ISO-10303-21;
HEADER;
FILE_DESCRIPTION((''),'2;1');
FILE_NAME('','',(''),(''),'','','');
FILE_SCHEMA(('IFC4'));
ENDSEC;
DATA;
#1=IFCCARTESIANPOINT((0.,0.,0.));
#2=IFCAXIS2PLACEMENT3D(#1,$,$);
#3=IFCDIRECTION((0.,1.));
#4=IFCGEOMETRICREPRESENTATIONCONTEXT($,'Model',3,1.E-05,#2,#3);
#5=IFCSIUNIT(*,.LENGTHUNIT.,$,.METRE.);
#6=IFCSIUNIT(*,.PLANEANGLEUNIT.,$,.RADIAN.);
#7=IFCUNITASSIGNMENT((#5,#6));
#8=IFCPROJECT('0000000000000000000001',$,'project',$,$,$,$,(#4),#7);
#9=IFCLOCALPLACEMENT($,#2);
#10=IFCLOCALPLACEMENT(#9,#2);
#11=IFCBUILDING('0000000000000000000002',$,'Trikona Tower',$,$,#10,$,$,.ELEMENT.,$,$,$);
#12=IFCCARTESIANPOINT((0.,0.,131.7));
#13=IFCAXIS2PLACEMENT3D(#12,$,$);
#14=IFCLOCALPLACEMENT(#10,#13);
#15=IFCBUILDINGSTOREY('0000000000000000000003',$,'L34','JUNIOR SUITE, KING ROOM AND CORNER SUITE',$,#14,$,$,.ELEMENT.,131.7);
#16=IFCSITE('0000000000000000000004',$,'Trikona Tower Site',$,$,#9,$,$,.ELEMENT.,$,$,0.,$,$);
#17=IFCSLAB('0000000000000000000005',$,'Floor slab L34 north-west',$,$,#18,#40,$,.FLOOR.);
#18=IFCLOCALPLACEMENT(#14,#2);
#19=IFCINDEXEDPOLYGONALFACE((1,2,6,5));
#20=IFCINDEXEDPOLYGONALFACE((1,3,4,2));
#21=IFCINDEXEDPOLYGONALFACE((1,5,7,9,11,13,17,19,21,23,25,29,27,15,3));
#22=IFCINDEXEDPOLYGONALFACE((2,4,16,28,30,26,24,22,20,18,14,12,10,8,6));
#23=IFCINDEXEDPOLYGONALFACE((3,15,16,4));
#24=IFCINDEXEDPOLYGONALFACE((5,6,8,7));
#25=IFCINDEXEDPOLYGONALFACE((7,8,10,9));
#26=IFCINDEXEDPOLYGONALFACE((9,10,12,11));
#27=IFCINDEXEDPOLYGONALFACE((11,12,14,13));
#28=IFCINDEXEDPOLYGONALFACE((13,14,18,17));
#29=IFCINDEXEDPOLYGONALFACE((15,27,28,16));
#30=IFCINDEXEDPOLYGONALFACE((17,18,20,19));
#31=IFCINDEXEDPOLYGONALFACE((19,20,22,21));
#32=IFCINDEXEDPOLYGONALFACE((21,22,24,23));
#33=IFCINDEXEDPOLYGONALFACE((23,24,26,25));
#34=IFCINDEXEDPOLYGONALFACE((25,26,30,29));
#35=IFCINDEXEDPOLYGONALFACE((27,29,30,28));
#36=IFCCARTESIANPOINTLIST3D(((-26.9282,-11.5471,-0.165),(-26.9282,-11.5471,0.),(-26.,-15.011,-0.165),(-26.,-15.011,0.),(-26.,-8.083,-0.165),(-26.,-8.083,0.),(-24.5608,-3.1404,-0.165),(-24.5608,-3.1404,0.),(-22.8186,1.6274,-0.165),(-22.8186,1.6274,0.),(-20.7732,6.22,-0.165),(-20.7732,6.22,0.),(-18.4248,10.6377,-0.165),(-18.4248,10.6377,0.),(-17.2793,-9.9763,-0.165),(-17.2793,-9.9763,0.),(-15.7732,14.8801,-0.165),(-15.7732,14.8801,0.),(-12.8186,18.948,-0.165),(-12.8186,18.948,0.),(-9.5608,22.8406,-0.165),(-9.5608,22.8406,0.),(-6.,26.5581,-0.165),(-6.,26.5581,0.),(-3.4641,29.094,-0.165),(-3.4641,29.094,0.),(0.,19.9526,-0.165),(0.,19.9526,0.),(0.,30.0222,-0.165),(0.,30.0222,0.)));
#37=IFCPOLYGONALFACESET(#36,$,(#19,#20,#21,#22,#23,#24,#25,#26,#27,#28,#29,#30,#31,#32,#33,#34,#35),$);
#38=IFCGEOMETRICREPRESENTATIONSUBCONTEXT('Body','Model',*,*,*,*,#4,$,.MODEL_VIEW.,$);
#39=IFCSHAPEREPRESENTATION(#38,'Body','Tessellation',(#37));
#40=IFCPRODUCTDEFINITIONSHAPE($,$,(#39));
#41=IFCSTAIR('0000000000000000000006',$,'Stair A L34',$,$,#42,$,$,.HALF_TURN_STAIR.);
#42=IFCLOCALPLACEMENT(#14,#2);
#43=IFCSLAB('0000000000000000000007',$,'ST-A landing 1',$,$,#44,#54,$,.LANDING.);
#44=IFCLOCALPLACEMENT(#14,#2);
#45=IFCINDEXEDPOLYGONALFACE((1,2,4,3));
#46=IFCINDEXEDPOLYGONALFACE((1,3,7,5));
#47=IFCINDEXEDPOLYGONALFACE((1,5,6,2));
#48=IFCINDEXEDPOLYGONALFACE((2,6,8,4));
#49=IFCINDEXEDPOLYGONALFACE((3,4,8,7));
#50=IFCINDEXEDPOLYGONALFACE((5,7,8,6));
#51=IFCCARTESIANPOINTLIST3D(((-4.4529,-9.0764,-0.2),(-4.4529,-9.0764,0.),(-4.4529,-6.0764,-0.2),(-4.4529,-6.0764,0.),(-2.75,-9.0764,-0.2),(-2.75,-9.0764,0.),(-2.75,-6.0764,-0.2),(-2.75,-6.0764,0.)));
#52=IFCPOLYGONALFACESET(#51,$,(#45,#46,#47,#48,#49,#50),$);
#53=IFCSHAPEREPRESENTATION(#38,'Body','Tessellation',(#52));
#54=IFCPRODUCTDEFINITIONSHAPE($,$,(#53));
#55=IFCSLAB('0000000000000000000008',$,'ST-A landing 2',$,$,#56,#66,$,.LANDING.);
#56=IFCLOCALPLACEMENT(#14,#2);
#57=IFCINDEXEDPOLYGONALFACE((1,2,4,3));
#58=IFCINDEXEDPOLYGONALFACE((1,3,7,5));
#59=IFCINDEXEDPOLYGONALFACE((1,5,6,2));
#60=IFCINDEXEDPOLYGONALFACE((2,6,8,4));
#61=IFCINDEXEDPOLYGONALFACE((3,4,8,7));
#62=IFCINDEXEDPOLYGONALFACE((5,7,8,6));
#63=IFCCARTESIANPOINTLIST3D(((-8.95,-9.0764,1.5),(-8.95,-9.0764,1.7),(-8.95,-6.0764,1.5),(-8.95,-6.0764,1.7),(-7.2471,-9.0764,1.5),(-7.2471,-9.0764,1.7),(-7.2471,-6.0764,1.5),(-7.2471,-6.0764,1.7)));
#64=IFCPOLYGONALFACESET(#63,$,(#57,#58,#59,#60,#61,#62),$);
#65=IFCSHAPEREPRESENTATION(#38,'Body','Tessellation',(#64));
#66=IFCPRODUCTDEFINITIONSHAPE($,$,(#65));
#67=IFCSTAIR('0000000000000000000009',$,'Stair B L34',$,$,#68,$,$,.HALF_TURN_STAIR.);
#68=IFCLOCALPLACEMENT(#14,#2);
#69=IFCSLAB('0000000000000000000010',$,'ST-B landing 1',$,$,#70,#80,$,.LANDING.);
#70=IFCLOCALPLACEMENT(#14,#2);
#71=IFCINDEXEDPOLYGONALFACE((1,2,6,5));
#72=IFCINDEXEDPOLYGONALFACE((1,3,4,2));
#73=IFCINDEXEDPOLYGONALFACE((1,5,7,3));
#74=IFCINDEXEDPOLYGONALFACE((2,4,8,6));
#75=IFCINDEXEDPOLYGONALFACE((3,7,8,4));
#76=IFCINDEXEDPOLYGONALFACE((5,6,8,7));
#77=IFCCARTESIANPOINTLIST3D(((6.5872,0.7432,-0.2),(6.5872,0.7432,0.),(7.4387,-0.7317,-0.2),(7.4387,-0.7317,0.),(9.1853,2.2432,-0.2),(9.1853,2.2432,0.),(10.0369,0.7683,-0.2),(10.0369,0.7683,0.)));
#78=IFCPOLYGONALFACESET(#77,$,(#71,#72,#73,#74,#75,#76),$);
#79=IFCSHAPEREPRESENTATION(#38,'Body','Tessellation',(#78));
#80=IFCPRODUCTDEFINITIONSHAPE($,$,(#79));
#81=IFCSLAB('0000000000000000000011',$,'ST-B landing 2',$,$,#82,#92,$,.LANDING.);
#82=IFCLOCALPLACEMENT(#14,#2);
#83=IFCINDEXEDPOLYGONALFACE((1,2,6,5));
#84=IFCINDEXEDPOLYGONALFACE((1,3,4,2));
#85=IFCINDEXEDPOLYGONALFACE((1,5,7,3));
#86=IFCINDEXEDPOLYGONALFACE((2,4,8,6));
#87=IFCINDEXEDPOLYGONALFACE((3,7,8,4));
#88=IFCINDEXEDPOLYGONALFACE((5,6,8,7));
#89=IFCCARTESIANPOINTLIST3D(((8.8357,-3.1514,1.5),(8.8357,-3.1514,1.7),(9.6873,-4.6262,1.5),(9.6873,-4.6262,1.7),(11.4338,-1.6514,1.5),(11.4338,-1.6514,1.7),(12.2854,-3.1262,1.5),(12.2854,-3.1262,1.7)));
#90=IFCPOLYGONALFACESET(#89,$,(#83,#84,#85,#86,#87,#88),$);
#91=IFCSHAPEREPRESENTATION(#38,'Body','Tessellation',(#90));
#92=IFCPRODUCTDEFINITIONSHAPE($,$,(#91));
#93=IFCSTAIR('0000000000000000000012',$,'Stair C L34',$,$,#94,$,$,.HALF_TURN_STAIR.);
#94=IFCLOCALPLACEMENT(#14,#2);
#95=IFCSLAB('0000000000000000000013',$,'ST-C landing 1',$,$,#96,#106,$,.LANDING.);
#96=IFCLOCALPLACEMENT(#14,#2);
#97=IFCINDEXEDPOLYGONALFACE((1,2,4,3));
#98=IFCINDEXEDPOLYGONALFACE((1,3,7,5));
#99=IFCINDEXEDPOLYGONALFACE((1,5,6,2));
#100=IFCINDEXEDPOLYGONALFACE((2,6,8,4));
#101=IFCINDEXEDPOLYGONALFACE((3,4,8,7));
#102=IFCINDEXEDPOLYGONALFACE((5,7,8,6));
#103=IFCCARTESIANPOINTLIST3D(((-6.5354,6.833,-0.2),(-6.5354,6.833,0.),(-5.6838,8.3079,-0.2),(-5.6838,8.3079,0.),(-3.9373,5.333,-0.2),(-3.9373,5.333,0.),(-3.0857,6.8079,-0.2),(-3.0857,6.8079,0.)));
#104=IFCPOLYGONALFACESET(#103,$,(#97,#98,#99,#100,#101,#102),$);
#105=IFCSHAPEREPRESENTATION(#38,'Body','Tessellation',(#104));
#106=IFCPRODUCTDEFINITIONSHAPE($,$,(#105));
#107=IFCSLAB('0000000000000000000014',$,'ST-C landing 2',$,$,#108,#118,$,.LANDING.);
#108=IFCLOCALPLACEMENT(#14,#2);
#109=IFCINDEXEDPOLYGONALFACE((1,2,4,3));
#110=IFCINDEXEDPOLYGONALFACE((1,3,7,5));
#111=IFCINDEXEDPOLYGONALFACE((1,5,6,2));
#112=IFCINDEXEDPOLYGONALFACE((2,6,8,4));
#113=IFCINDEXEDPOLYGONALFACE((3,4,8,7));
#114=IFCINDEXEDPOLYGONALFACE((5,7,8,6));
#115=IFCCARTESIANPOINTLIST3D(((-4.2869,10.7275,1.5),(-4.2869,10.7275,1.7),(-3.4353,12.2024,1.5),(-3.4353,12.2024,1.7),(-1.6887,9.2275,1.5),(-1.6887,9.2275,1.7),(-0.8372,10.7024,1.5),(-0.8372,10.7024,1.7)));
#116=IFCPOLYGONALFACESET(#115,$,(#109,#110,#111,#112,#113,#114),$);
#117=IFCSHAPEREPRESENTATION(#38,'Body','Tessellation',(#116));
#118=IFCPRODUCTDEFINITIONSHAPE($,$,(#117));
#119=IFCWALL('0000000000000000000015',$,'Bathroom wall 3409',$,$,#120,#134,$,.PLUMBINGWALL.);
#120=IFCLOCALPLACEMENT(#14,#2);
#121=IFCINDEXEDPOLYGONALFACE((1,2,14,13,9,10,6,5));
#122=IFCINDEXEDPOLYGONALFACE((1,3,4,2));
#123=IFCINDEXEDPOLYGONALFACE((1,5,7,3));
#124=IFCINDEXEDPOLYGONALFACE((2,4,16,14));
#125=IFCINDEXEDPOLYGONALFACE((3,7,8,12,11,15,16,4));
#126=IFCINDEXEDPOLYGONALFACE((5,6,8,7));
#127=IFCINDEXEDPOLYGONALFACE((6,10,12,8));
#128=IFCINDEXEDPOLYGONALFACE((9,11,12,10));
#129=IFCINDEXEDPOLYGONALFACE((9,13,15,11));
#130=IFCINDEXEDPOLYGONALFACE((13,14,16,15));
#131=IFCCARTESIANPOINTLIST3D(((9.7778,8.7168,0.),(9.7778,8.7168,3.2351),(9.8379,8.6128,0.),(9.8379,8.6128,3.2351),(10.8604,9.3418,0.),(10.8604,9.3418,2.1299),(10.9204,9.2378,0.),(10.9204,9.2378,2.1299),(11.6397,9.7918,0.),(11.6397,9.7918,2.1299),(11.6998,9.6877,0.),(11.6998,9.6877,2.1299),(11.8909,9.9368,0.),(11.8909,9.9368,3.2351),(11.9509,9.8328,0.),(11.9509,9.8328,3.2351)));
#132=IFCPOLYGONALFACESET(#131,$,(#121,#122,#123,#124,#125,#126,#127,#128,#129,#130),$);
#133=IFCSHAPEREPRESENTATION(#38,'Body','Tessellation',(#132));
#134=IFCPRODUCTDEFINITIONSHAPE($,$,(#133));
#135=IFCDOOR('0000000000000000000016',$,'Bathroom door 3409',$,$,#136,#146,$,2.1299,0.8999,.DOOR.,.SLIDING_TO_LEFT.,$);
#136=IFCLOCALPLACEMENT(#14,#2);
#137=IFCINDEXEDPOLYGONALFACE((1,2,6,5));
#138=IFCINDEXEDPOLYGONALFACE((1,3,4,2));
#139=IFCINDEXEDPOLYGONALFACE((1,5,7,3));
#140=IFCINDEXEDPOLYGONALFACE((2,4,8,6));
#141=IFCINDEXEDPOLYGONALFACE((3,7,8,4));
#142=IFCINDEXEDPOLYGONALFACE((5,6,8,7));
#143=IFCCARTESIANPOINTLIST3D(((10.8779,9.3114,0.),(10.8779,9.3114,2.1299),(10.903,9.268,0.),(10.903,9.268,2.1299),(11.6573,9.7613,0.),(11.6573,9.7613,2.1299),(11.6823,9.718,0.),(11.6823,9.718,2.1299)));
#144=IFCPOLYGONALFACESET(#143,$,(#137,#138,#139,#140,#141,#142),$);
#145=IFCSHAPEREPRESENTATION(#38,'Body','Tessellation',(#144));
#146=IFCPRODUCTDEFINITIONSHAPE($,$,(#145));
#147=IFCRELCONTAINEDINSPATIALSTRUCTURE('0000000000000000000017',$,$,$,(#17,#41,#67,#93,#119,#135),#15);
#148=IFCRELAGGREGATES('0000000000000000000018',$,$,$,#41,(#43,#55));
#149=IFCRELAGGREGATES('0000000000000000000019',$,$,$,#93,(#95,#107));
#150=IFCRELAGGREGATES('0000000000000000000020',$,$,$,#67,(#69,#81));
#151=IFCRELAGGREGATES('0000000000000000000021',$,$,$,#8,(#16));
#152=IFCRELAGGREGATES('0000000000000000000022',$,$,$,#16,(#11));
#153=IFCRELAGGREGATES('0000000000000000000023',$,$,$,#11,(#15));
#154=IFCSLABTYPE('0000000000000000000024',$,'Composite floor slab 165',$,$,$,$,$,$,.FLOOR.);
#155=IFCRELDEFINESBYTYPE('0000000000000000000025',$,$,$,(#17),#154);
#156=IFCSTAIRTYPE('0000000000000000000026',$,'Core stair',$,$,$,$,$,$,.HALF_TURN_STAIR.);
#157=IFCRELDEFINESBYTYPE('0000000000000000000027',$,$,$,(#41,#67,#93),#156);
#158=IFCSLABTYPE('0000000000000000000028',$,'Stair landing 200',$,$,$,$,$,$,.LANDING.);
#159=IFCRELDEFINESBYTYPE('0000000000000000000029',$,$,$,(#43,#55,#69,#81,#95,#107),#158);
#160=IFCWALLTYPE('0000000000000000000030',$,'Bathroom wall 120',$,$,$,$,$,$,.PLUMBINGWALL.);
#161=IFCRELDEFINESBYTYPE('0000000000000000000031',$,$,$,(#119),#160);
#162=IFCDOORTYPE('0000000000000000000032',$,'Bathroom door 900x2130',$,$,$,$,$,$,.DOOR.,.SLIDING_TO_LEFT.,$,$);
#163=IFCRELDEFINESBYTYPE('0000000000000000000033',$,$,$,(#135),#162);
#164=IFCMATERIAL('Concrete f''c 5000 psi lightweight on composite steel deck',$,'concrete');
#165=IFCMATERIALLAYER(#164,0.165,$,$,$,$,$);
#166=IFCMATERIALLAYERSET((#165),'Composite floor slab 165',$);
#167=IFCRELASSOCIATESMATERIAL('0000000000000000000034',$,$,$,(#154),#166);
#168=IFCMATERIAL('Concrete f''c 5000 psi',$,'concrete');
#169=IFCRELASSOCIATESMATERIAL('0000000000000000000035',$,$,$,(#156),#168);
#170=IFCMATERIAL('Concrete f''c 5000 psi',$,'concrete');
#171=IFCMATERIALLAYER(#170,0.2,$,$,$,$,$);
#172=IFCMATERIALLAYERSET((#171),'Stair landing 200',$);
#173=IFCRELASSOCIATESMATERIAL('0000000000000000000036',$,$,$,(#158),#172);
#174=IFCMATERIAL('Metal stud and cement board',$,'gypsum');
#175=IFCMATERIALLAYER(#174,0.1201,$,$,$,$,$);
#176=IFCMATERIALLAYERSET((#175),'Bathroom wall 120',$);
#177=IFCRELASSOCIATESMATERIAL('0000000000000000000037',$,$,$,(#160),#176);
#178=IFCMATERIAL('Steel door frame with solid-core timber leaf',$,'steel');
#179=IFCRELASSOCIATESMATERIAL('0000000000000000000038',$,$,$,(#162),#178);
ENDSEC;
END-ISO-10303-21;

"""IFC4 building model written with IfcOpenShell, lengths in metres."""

from ifc_helpers import new_model, si_unit, direction, frame, frame_2d, origin, place, context, subcontext, project, spatial, polyline, rectangle, outline, extrude, material, layer, layer_set, type_object, element, fill, aggregate, save


model = new_model("IFC4")

# Units and contexts
model_context = context("Model", 3, precision=1e-05, world=origin(), true_north=direction((0.0, 1.0)))
body_context = subcontext(model_context, "Body", "Model", "MODEL_VIEW")
ifc_project = project(units=[si_unit("LENGTHUNIT", "METRE"), si_unit("PLANEANGLEUNIT", "RADIAN")], contexts=[model_context])

# Site, building, storey
site_placement = place(None, origin())
site = spatial("IfcSite", under=ifc_project, at=site_placement, Name="Trikona Tower Site", CompositionType="ELEMENT", RefElevation=0.0)
building_placement = place(site_placement, origin())
building = spatial("IfcBuilding", under=site, at=building_placement, Name="Trikona Tower", CompositionType="ELEMENT")
storey_placement = place(building_placement, frame((0.0, 0.0, 131.7)))
storey = spatial("IfcBuildingStorey", under=building, at=storey_placement, Name="L34", Description="JUNIOR SUITE, KING ROOM AND CORNER SUITE", CompositionType="ELEMENT", Elevation=131.7)

# Slab
ifc_material_1 = material(Name="Concrete f'c 5000 psi lightweight on composite steel deck", Category="concrete")
ifc_layer_1 = layer(ifc_material_1, 0.165)
ifc_layer_set_1 = layer_set([ifc_layer_1], Name="Composite floor slab 165")
slab_type_1 = type_object("IfcSlabType", Name="Composite floor slab 165", PredefinedType="FLOOR", material=ifc_layer_set_1)
slab_1_placement = place(storey_placement, frame((0.0, 0.0, -0.165)))
element("IfcSlab", 1, at=slab_1_placement, inside=storey, type_object=slab_type_1, Name="Floor slab L34 north-west", PredefinedType="FLOOR", context=body_context, shape_type="SweptSolid", body=[
    extrude(outline(polyline([(0.0, 19.9526), (0.0, 30.0222), (-3.4641, 29.094), (-6.0, 26.5581), (-9.5608, 22.8406), (-12.8186, 18.948), (-15.7732, 14.8801), (-18.4248, 10.6377), (-20.7732, 6.22), (-22.8186, 1.6274), (-24.5608, -3.1404), (-26.0, -8.083), (-26.9282, -11.5471), (-26.0, -15.011), (-17.2793, -9.9763), (0.0, 19.9526)])), origin(), (0.0, 0.0, 1.0), 0.165),
])

# Stairs, slabs
ifc_material_2 = material(Name="Concrete f'c 5000 psi", Category="concrete")
stair_type = type_object("IfcStairType", Name="Core stair", PredefinedType="HALF_TURN_STAIR", material=ifc_material_2)
stair_1_placement = place(storey_placement, origin())
stair_1 = element("IfcStair", 2, at=stair_1_placement, inside=storey, type_object=stair_type, Name="Stair A L34", PredefinedType="HALF_TURN_STAIR")
ifc_material_3 = material(Name="Concrete f'c 5000 psi", Category="concrete")
ifc_layer_2 = layer(ifc_material_3, 0.2)
ifc_layer_set_2 = layer_set([ifc_layer_2], Name="Stair landing 200")
slab_type_2 = type_object("IfcSlabType", Name="Stair landing 200", PredefinedType="LANDING", material=ifc_layer_set_2)
slab_2_placement = place(storey_placement, frame((0.0, 0.0, -0.2)))
slab_2 = element("IfcSlab", 3, at=slab_2_placement, type_object=slab_type_2, Name="ST-A landing 1", PredefinedType="LANDING", context=body_context, shape_type="SweptSolid", body=[
    extrude(outline(polyline([(-4.4529, -6.0764), (-2.75, -6.0764), (-2.75, -9.0764), (-4.4529, -9.0764), (-4.4529, -6.0764)])), origin(), (0.0, 0.0, 1.0), 0.2),
])
slab_3_placement = place(storey_placement, frame((0.0, 0.0, 1.5)))
slab_3 = element("IfcSlab", 4, at=slab_3_placement, type_object=slab_type_2, Name="ST-A landing 2", PredefinedType="LANDING", context=body_context, shape_type="SweptSolid", body=[
    extrude(outline(polyline([(-8.95, -6.0764), (-7.2471, -6.0764), (-7.2471, -9.0764), (-8.95, -9.0764), (-8.95, -6.0764)])), origin(), (0.0, 0.0, 1.0), 0.2),
])
aggregate(stair_1, [slab_2, slab_3])
stair_2_placement = place(storey_placement, origin())
stair_2 = element("IfcStair", 5, at=stair_2_placement, inside=storey, type_object=stair_type, Name="Stair B L34", PredefinedType="HALF_TURN_STAIR")
slab_4_placement = place(storey_placement, frame((0.0, 0.0, -0.2)))
slab_4 = element("IfcSlab", 6, at=slab_4_placement, type_object=slab_type_2, Name="ST-B landing 1", PredefinedType="LANDING", context=body_context, shape_type="SweptSolid", body=[
    extrude(outline(polyline([(7.4387, -0.7317), (6.5872, 0.7432), (9.1853, 2.2432), (10.0369, 0.7683), (7.4387, -0.7317)])), origin(), (0.0, 0.0, 1.0), 0.2),
])
slab_5_placement = place(storey_placement, frame((0.0, 0.0, 1.5)))
slab_5 = element("IfcSlab", 7, at=slab_5_placement, type_object=slab_type_2, Name="ST-B landing 2", PredefinedType="LANDING", context=body_context, shape_type="SweptSolid", body=[
    extrude(outline(polyline([(9.6873, -4.6262), (8.8357, -3.1514), (11.4338, -1.6514), (12.2854, -3.1262), (9.6873, -4.6262)])), origin(), (0.0, 0.0, 1.0), 0.2),
])
stair_3_placement = place(storey_placement, origin())
stair_3 = element("IfcStair", 8, at=stair_3_placement, inside=storey, type_object=stair_type, Name="Stair C L34", PredefinedType="HALF_TURN_STAIR")
slab_6_placement = place(storey_placement, frame((0.0, 0.0, -0.2)))
slab_6 = element("IfcSlab", 9, at=slab_6_placement, type_object=slab_type_2, Name="ST-C landing 1", PredefinedType="LANDING", context=body_context, shape_type="SweptSolid", body=[
    extrude(outline(polyline([(-3.0857, 6.8079), (-3.9373, 5.333), (-6.5354, 6.833), (-5.6838, 8.3079), (-3.0857, 6.8079)])), origin(), (0.0, 0.0, 1.0), 0.2),
])
slab_7_placement = place(storey_placement, frame((0.0, 0.0, 1.5)))
slab_7 = element("IfcSlab", 10, at=slab_7_placement, type_object=slab_type_2, Name="ST-C landing 2", PredefinedType="LANDING", context=body_context, shape_type="SweptSolid", body=[
    extrude(outline(polyline([(-0.8372, 10.7024), (-1.6887, 9.2275), (-4.2869, 10.7275), (-3.4353, 12.2024), (-0.8372, 10.7024)])), origin(), (0.0, 0.0, 1.0), 0.2),
])
aggregate(stair_3, [slab_6, slab_7])

# Wall, opening, door
ifc_material_4 = material(Name="Metal stud and cement board", Category="gypsum")
ifc_layer_3 = layer(ifc_material_4, 0.1201)
ifc_layer_set_3 = layer_set([ifc_layer_3], Name="Bathroom wall 120")
wall_type_1 = type_object("IfcWallType", Name="Bathroom wall 120", PredefinedType="PLUMBINGWALL", material=ifc_layer_set_3)
wall_1_placement = place(storey_placement, frame((9.8079, 8.6648, 0.0), z_axis=(0.0, 0.0, 1.0), x_axis=(0.866024, 0.500003, 0.0)))
wall_1 = element("IfcWall", 11, at=wall_1_placement, inside=storey, type_object=wall_type_1, Name="Bathroom wall 3409", PredefinedType="PLUMBINGWALL", context=body_context, shape_type="SweptSolid", body=[
    extrude(rectangle(XDim=2.4399, YDim=0.1201, at=frame_2d((1.22, 0.0))), origin(), (0.0, 0.0, 1.0), 3.2351),
])
opening_1_placement = place(wall_1_placement, frame((1.25, 0.0, 0.0)))
opening_1 = element("IfcOpeningElement", 12, at=opening_1_placement, cuts=wall_1, PredefinedType="OPENING", context=body_context, shape_type="SweptSolid", body=[
    extrude(rectangle(XDim=0.8999, YDim=2.1299, at=frame_2d((0.45, 1.0649))), frame((0.0, 0.0701, 0.0), z_axis=(0.0, -1.0, 0.0), x_axis=(1.0, 0.0, 0.0)), (0.0, 0.0, 1.0), 0.1401),
])
ifc_material_5 = material(Name="Steel door frame with solid-core timber leaf", Category="steel")
door_type_1 = type_object("IfcDoorType", Name="Bathroom door 900x2130", OperationType="SLIDING_TO_LEFT", PredefinedType="DOOR", material=ifc_material_5)
door_1_placement = place(opening_1_placement, origin())
door_1 = element("IfcDoor", 13, at=door_1_placement, inside=storey, type_object=door_type_1, Name="Bathroom door 3409", OperationType="SLIDING_TO_LEFT", OverallHeight=2.1299, OverallWidth=0.8999, PredefinedType="DOOR", context=body_context, shape_type="SweptSolid", body=[
    extrude(rectangle(XDim=0.8999, YDim=2.1299, at=frame_2d((0.45, 1.0649))), frame((0.0, 0.0249, 0.0), z_axis=(0.0, -1.0, 0.0), x_axis=(1.0, 0.0, 0.0)), (0.0, 0.0, 1.0), 0.05),
])
fill(opening_1, door_1)

aggregate(stair_2, [slab_4, slab_5])

save(model, "model.ifc")
